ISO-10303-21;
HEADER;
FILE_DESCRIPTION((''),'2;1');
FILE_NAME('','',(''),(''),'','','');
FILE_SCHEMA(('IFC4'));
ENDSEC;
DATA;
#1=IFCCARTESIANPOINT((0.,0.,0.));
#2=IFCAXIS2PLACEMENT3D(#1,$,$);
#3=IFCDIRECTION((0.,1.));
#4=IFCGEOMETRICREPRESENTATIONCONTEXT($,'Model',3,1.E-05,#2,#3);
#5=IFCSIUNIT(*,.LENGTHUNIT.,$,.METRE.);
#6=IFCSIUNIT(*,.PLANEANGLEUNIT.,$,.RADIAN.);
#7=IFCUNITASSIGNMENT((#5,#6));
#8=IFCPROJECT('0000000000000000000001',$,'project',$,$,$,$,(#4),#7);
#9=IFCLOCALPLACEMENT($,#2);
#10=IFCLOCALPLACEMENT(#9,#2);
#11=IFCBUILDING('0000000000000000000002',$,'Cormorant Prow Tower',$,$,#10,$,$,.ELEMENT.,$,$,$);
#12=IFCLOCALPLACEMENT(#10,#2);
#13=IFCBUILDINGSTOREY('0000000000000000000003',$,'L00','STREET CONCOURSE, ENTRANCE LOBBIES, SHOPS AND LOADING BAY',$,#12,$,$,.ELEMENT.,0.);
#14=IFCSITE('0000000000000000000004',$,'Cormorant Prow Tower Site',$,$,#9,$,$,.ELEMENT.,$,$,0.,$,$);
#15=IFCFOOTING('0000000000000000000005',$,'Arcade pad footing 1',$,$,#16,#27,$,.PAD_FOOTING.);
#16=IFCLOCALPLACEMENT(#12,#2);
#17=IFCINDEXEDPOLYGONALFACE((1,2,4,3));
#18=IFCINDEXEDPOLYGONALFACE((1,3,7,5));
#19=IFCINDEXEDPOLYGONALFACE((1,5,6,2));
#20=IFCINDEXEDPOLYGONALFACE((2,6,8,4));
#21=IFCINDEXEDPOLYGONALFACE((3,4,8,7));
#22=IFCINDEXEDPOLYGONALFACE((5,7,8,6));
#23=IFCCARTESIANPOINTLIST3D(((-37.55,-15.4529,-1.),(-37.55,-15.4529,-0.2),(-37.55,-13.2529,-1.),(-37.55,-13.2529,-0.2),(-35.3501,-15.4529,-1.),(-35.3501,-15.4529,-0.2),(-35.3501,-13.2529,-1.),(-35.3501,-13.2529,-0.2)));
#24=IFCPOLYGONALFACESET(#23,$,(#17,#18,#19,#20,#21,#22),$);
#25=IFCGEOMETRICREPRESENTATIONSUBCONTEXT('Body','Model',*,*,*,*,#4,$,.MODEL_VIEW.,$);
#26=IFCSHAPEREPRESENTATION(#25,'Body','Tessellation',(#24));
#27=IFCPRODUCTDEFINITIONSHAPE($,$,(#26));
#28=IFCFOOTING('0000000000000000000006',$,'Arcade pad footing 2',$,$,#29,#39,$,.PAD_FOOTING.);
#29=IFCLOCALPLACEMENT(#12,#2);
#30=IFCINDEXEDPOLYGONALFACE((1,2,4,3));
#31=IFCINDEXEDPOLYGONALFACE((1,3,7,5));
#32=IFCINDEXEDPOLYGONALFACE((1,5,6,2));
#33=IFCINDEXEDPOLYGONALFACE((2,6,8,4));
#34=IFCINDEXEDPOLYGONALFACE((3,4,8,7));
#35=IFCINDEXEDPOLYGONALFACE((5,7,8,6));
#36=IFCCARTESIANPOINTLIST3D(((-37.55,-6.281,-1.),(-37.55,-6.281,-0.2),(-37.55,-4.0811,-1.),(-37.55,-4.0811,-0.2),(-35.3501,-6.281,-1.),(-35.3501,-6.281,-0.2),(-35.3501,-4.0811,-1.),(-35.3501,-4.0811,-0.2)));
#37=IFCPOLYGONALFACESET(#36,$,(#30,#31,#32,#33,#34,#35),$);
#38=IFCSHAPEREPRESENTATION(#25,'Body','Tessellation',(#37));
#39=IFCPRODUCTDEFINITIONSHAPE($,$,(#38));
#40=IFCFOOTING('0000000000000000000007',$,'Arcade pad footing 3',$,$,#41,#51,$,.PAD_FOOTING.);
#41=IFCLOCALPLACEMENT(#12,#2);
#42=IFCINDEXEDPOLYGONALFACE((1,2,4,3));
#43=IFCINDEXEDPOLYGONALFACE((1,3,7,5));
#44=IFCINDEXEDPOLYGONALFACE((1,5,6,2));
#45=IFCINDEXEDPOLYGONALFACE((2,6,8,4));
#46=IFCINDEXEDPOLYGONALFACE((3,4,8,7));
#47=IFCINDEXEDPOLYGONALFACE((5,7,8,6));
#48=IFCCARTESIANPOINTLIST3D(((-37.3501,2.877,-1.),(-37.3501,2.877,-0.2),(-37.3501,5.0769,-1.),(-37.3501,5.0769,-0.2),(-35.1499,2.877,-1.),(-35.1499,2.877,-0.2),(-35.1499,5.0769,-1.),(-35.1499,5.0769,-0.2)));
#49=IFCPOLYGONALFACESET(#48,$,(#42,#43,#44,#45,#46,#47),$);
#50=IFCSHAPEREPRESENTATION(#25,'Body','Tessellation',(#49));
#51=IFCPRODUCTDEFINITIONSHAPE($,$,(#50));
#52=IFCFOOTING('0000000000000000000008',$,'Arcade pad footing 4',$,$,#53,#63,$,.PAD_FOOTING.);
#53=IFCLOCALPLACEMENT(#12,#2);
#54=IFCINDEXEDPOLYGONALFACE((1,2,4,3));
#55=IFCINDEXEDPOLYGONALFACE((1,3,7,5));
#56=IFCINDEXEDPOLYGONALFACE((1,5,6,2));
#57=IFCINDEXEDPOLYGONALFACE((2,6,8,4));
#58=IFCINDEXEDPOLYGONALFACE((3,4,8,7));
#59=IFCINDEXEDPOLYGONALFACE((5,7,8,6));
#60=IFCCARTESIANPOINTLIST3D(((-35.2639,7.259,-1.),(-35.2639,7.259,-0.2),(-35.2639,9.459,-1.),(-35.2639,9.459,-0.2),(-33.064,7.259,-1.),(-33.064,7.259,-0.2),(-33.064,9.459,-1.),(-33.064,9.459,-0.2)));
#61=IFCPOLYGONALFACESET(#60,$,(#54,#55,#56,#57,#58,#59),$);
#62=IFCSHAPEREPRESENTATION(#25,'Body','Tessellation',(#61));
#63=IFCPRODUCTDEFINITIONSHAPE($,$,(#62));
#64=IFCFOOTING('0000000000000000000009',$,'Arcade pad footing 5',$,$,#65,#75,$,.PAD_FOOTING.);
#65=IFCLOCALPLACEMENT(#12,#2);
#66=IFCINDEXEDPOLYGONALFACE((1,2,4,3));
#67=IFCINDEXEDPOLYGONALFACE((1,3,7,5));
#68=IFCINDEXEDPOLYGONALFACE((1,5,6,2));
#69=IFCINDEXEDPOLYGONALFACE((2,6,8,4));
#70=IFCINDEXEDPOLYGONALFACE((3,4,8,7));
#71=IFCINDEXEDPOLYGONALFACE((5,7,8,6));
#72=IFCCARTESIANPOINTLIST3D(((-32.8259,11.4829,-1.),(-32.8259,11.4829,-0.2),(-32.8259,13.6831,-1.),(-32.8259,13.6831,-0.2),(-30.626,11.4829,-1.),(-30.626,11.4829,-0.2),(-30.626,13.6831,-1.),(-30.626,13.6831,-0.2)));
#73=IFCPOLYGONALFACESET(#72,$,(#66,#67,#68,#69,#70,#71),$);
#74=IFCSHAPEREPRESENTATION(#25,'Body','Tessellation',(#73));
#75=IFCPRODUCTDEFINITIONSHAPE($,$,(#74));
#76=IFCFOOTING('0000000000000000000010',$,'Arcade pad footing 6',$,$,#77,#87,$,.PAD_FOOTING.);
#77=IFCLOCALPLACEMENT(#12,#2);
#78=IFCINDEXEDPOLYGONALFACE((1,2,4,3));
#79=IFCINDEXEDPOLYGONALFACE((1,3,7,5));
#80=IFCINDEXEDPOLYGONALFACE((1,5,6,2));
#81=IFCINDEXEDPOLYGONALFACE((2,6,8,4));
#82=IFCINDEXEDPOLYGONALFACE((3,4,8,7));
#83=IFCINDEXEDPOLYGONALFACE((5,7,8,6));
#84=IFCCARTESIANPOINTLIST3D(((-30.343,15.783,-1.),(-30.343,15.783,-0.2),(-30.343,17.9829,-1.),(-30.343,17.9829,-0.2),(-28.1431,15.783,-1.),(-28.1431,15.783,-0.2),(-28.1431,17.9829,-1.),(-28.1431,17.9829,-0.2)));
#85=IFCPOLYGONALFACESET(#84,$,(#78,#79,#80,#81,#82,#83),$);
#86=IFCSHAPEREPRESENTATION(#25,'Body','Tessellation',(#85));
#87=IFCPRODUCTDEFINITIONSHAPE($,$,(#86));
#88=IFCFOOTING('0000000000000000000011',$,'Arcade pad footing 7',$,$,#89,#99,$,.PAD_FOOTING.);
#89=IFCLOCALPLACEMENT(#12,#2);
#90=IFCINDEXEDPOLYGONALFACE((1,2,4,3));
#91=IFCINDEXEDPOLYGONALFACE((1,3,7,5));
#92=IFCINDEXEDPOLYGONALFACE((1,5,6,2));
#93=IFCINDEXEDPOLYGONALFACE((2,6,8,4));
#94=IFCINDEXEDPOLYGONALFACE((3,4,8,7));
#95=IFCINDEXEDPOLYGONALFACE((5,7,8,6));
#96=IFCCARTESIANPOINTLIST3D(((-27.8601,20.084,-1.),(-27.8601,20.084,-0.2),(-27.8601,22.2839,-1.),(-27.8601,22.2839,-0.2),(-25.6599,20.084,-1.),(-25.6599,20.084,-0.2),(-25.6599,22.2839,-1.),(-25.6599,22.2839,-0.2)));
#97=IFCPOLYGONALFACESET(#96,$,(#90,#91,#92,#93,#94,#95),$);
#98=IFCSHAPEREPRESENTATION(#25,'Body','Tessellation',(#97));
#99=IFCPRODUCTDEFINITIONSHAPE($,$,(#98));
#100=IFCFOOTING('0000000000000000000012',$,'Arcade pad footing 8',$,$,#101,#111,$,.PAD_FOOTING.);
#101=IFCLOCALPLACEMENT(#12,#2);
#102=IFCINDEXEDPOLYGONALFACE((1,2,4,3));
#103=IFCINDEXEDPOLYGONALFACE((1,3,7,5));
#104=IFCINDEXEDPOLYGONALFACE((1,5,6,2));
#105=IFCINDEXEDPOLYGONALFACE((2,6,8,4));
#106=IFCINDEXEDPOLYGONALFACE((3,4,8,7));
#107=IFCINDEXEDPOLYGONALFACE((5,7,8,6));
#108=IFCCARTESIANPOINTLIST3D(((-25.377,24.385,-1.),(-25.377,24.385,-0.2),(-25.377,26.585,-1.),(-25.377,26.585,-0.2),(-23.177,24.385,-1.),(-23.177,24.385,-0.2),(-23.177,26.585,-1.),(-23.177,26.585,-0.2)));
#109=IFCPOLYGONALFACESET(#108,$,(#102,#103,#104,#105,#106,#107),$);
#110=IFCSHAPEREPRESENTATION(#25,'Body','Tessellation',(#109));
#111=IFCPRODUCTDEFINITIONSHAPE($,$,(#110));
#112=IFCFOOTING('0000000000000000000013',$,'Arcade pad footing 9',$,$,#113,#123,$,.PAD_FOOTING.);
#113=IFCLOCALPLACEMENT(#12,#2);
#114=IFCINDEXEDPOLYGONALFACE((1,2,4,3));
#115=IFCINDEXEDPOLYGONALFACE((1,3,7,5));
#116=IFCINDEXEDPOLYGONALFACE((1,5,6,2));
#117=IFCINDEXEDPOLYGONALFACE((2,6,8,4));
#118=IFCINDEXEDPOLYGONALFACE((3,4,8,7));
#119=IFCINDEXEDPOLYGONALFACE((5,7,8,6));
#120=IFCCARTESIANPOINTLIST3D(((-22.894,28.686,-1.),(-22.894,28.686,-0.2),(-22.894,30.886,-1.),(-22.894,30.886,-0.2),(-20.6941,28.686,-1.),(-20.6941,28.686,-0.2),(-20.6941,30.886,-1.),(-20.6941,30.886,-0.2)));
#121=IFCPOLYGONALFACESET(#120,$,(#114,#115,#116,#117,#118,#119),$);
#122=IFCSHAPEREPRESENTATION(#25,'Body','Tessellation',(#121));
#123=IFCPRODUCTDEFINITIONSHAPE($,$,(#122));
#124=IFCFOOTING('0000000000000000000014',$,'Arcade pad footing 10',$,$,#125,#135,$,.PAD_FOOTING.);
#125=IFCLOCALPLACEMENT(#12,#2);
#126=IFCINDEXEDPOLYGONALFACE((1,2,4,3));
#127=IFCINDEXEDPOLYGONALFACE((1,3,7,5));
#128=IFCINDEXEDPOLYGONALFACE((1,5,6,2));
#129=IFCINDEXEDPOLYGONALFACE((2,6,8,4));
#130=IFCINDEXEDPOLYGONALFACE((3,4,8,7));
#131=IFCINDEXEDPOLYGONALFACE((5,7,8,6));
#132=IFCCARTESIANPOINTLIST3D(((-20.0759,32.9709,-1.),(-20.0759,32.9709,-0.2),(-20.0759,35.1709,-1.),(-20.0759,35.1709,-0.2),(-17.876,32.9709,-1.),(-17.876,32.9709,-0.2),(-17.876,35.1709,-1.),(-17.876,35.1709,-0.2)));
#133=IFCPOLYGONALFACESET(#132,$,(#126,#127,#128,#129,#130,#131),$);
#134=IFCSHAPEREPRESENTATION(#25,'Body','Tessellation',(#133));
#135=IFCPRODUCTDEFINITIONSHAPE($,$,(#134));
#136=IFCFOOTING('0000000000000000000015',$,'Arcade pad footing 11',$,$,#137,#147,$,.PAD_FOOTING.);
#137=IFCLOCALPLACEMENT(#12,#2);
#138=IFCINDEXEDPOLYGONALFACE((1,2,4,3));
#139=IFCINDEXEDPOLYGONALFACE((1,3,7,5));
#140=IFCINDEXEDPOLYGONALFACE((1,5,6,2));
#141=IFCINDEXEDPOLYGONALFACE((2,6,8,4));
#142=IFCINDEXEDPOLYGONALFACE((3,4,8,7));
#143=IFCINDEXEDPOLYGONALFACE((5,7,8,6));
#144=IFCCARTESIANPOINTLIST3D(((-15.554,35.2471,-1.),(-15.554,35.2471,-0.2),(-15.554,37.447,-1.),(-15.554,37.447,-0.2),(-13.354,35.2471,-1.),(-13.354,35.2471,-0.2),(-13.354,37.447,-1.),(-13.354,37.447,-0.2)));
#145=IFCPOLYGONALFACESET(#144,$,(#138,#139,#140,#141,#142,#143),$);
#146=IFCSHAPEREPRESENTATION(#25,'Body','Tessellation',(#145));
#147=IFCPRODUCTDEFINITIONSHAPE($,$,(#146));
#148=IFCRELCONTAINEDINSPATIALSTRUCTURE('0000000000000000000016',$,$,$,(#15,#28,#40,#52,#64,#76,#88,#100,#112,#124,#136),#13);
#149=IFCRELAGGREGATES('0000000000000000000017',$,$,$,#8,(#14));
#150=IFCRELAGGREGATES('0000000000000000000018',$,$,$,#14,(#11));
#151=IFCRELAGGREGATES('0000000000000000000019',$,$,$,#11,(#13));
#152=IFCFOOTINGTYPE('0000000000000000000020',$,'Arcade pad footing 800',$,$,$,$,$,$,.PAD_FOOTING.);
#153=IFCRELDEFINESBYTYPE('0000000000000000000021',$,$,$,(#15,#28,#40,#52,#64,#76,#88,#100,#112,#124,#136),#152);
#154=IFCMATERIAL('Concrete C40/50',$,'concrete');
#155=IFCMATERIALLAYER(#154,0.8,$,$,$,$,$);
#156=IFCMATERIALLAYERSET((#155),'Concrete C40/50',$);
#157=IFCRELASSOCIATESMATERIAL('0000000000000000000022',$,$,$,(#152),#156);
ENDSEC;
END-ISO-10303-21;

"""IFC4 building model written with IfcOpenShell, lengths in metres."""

from ifc_helpers import new_model, si_unit, direction, frame, origin, place, context, subcontext, project, spatial, polyline, outline, extrude, material, layer, layer_set, type_object, element, save


model = new_model("IFC4")

# Units and contexts
model_context = context("Model", 3, precision=1e-05, world=origin(), true_north=direction((0.0, 1.0)))
body_context = subcontext(model_context, "Body", "Model", "MODEL_VIEW")
ifc_project = project(units=[si_unit("LENGTHUNIT", "METRE"), si_unit("PLANEANGLEUNIT", "RADIAN")], contexts=[model_context])

# Site, building, storey
site_placement = place(None, origin())
site = spatial("IfcSite", under=ifc_project, at=site_placement, Name="Cormorant Prow Tower Site", CompositionType="ELEMENT", RefElevation=0.0)
building_placement = place(site_placement, origin())
building = spatial("IfcBuilding", under=site, at=building_placement, Name="Cormorant Prow Tower", CompositionType="ELEMENT")
storey_placement = place(building_placement, origin())
storey = spatial("IfcBuildingStorey", under=building, at=storey_placement, Name="L00", Description="STREET CONCOURSE, ENTRANCE LOBBIES, SHOPS AND LOADING BAY", CompositionType="ELEMENT", Elevation=0.0)

# Footings
ifc_material_1 = material(Name="Concrete C40/50", Category="concrete")
ifc_layer_1 = layer(ifc_material_1, 0.8)
ifc_layer_set_1 = layer_set([ifc_layer_1], Name="Concrete C40/50")
footing_type = type_object("IfcFootingType", Name="Arcade pad footing 800", PredefinedType="PAD_FOOTING", material=ifc_layer_set_1)
footing_1_placement = place(storey_placement, frame((0.0, 0.0, -1.0)))
element("IfcFooting", 1, at=footing_1_placement, inside=storey, type_object=footing_type, Name="Arcade pad footing 1", PredefinedType="PAD_FOOTING", context=body_context, shape_type="SweptSolid", body=[
    extrude(outline(polyline([(-37.55, -15.4529), (-35.3501, -15.4529), (-35.3501, -13.2529), (-37.55, -13.2529), (-37.55, -15.4529)])), origin(), (0.0, 0.0, 1.0), 0.8),
])
footing_2_placement = place(storey_placement, frame((0.0, 0.0, -1.0)))
element("IfcFooting", 2, at=footing_2_placement, inside=storey, type_object=footing_type, Name="Arcade pad footing 2", PredefinedType="PAD_FOOTING", context=body_context, shape_type="SweptSolid", body=[
    extrude(outline(polyline([(-37.55, -6.281), (-35.3501, -6.281), (-35.3501, -4.0811), (-37.55, -4.0811), (-37.55, -6.281)])), origin(), (0.0, 0.0, 1.0), 0.8),
])
footing_3_placement = place(storey_placement, frame((0.0, 0.0, -1.0)))
element("IfcFooting", 3, at=footing_3_placement, inside=storey, type_object=footing_type, Name="Arcade pad footing 3", PredefinedType="PAD_FOOTING", context=body_context, shape_type="SweptSolid", body=[
    extrude(outline(polyline([(-37.3501, 2.877), (-35.1499, 2.877), (-35.1499, 5.0769), (-37.3501, 5.0769), (-37.3501, 2.877)])), origin(), (0.0, 0.0, 1.0), 0.8),
])
footing_4_placement = place(storey_placement, frame((0.0, 0.0, -1.0)))
element("IfcFooting", 4, at=footing_4_placement, inside=storey, type_object=footing_type, Name="Arcade pad footing 4", PredefinedType="PAD_FOOTING", context=body_context, shape_type="SweptSolid", body=[
    extrude(outline(polyline([(-35.2639, 7.259), (-33.064, 7.259), (-33.064, 9.459), (-35.2639, 9.459), (-35.2639, 7.259)])), origin(), (0.0, 0.0, 1.0), 0.8),
])
footing_5_placement = place(storey_placement, frame((0.0, 0.0, -1.0)))
element("IfcFooting", 5, at=footing_5_placement, inside=storey, type_object=footing_type, Name="Arcade pad footing 5", PredefinedType="PAD_FOOTING", context=body_context, shape_type="SweptSolid", body=[
    extrude(outline(polyline([(-32.8259, 11.4829), (-30.626, 11.4829), (-30.626, 13.6831), (-32.8259, 13.6831), (-32.8259, 11.4829)])), origin(), (0.0, 0.0, 1.0), 0.8),
])
footing_6_placement = place(storey_placement, frame((0.0, 0.0, -1.0)))
element("IfcFooting", 6, at=footing_6_placement, inside=storey, type_object=footing_type, Name="Arcade pad footing 6", PredefinedType="PAD_FOOTING", context=body_context, shape_type="SweptSolid", body=[
    extrude(outline(polyline([(-30.343, 15.783), (-28.1431, 15.783), (-28.1431, 17.9829), (-30.343, 17.9829), (-30.343, 15.783)])), origin(), (0.0, 0.0, 1.0), 0.8),
])
footing_7_placement = place(storey_placement, frame((0.0, 0.0, -1.0)))
element("IfcFooting", 7, at=footing_7_placement, inside=storey, type_object=footing_type, Name="Arcade pad footing 7", PredefinedType="PAD_FOOTING", context=body_context, shape_type="SweptSolid", body=[
    extrude(outline(polyline([(-27.8601, 20.084), (-25.6599, 20.084), (-25.6599, 22.2839), (-27.8601, 22.2839), (-27.8601, 20.084)])), origin(), (0.0, 0.0, 1.0), 0.8),
])
footing_8_placement = place(storey_placement, frame((0.0, 0.0, -1.0)))
element("IfcFooting", 8, at=footing_8_placement, inside=storey, type_object=footing_type, Name="Arcade pad footing 8", PredefinedType="PAD_FOOTING", context=body_context, shape_type="SweptSolid", body=[
    extrude(outline(polyline([(-25.377, 24.385), (-23.177, 24.385), (-23.177, 26.585), (-25.377, 26.585), (-25.377, 24.385)])), origin(), (0.0, 0.0, 1.0), 0.8),
])
footing_9_placement = place(storey_placement, frame((0.0, 0.0, -1.0)))
element("IfcFooting", 9, at=footing_9_placement, inside=storey, type_object=footing_type, Name="Arcade pad footing 9", PredefinedType="PAD_FOOTING", context=body_context, shape_type="SweptSolid", body=[
    extrude(outline(polyline([(-22.894, 28.686), (-20.6941, 28.686), (-20.6941, 30.886), (-22.894, 30.886), (-22.894, 28.686)])), origin(), (0.0, 0.0, 1.0), 0.8),
])
footing_10_placement = place(storey_placement, frame((0.0, 0.0, -1.0)))
element("IfcFooting", 10, at=footing_10_placement, inside=storey, type_object=footing_type, Name="Arcade pad footing 10", PredefinedType="PAD_FOOTING", context=body_context, shape_type="SweptSolid", body=[
    extrude(outline(polyline([(-20.0759, 32.9709), (-17.876, 32.9709), (-17.876, 35.1709), (-20.0759, 35.1709), (-20.0759, 32.9709)])), origin(), (0.0, 0.0, 1.0), 0.8),
])
footing_11_placement = place(storey_placement, frame((0.0, 0.0, -1.0)))
element("IfcFooting", 11, at=footing_11_placement, inside=storey, type_object=footing_type, Name="Arcade pad footing 11", PredefinedType="PAD_FOOTING", context=body_context, shape_type="SweptSolid", body=[
    extrude(outline(polyline([(-15.554, 35.2471), (-13.354, 35.2471), (-13.354, 37.447), (-15.554, 37.447), (-15.554, 35.2471)])), origin(), (0.0, 0.0, 1.0), 0.8),
])

save(model, "model.ifc")
